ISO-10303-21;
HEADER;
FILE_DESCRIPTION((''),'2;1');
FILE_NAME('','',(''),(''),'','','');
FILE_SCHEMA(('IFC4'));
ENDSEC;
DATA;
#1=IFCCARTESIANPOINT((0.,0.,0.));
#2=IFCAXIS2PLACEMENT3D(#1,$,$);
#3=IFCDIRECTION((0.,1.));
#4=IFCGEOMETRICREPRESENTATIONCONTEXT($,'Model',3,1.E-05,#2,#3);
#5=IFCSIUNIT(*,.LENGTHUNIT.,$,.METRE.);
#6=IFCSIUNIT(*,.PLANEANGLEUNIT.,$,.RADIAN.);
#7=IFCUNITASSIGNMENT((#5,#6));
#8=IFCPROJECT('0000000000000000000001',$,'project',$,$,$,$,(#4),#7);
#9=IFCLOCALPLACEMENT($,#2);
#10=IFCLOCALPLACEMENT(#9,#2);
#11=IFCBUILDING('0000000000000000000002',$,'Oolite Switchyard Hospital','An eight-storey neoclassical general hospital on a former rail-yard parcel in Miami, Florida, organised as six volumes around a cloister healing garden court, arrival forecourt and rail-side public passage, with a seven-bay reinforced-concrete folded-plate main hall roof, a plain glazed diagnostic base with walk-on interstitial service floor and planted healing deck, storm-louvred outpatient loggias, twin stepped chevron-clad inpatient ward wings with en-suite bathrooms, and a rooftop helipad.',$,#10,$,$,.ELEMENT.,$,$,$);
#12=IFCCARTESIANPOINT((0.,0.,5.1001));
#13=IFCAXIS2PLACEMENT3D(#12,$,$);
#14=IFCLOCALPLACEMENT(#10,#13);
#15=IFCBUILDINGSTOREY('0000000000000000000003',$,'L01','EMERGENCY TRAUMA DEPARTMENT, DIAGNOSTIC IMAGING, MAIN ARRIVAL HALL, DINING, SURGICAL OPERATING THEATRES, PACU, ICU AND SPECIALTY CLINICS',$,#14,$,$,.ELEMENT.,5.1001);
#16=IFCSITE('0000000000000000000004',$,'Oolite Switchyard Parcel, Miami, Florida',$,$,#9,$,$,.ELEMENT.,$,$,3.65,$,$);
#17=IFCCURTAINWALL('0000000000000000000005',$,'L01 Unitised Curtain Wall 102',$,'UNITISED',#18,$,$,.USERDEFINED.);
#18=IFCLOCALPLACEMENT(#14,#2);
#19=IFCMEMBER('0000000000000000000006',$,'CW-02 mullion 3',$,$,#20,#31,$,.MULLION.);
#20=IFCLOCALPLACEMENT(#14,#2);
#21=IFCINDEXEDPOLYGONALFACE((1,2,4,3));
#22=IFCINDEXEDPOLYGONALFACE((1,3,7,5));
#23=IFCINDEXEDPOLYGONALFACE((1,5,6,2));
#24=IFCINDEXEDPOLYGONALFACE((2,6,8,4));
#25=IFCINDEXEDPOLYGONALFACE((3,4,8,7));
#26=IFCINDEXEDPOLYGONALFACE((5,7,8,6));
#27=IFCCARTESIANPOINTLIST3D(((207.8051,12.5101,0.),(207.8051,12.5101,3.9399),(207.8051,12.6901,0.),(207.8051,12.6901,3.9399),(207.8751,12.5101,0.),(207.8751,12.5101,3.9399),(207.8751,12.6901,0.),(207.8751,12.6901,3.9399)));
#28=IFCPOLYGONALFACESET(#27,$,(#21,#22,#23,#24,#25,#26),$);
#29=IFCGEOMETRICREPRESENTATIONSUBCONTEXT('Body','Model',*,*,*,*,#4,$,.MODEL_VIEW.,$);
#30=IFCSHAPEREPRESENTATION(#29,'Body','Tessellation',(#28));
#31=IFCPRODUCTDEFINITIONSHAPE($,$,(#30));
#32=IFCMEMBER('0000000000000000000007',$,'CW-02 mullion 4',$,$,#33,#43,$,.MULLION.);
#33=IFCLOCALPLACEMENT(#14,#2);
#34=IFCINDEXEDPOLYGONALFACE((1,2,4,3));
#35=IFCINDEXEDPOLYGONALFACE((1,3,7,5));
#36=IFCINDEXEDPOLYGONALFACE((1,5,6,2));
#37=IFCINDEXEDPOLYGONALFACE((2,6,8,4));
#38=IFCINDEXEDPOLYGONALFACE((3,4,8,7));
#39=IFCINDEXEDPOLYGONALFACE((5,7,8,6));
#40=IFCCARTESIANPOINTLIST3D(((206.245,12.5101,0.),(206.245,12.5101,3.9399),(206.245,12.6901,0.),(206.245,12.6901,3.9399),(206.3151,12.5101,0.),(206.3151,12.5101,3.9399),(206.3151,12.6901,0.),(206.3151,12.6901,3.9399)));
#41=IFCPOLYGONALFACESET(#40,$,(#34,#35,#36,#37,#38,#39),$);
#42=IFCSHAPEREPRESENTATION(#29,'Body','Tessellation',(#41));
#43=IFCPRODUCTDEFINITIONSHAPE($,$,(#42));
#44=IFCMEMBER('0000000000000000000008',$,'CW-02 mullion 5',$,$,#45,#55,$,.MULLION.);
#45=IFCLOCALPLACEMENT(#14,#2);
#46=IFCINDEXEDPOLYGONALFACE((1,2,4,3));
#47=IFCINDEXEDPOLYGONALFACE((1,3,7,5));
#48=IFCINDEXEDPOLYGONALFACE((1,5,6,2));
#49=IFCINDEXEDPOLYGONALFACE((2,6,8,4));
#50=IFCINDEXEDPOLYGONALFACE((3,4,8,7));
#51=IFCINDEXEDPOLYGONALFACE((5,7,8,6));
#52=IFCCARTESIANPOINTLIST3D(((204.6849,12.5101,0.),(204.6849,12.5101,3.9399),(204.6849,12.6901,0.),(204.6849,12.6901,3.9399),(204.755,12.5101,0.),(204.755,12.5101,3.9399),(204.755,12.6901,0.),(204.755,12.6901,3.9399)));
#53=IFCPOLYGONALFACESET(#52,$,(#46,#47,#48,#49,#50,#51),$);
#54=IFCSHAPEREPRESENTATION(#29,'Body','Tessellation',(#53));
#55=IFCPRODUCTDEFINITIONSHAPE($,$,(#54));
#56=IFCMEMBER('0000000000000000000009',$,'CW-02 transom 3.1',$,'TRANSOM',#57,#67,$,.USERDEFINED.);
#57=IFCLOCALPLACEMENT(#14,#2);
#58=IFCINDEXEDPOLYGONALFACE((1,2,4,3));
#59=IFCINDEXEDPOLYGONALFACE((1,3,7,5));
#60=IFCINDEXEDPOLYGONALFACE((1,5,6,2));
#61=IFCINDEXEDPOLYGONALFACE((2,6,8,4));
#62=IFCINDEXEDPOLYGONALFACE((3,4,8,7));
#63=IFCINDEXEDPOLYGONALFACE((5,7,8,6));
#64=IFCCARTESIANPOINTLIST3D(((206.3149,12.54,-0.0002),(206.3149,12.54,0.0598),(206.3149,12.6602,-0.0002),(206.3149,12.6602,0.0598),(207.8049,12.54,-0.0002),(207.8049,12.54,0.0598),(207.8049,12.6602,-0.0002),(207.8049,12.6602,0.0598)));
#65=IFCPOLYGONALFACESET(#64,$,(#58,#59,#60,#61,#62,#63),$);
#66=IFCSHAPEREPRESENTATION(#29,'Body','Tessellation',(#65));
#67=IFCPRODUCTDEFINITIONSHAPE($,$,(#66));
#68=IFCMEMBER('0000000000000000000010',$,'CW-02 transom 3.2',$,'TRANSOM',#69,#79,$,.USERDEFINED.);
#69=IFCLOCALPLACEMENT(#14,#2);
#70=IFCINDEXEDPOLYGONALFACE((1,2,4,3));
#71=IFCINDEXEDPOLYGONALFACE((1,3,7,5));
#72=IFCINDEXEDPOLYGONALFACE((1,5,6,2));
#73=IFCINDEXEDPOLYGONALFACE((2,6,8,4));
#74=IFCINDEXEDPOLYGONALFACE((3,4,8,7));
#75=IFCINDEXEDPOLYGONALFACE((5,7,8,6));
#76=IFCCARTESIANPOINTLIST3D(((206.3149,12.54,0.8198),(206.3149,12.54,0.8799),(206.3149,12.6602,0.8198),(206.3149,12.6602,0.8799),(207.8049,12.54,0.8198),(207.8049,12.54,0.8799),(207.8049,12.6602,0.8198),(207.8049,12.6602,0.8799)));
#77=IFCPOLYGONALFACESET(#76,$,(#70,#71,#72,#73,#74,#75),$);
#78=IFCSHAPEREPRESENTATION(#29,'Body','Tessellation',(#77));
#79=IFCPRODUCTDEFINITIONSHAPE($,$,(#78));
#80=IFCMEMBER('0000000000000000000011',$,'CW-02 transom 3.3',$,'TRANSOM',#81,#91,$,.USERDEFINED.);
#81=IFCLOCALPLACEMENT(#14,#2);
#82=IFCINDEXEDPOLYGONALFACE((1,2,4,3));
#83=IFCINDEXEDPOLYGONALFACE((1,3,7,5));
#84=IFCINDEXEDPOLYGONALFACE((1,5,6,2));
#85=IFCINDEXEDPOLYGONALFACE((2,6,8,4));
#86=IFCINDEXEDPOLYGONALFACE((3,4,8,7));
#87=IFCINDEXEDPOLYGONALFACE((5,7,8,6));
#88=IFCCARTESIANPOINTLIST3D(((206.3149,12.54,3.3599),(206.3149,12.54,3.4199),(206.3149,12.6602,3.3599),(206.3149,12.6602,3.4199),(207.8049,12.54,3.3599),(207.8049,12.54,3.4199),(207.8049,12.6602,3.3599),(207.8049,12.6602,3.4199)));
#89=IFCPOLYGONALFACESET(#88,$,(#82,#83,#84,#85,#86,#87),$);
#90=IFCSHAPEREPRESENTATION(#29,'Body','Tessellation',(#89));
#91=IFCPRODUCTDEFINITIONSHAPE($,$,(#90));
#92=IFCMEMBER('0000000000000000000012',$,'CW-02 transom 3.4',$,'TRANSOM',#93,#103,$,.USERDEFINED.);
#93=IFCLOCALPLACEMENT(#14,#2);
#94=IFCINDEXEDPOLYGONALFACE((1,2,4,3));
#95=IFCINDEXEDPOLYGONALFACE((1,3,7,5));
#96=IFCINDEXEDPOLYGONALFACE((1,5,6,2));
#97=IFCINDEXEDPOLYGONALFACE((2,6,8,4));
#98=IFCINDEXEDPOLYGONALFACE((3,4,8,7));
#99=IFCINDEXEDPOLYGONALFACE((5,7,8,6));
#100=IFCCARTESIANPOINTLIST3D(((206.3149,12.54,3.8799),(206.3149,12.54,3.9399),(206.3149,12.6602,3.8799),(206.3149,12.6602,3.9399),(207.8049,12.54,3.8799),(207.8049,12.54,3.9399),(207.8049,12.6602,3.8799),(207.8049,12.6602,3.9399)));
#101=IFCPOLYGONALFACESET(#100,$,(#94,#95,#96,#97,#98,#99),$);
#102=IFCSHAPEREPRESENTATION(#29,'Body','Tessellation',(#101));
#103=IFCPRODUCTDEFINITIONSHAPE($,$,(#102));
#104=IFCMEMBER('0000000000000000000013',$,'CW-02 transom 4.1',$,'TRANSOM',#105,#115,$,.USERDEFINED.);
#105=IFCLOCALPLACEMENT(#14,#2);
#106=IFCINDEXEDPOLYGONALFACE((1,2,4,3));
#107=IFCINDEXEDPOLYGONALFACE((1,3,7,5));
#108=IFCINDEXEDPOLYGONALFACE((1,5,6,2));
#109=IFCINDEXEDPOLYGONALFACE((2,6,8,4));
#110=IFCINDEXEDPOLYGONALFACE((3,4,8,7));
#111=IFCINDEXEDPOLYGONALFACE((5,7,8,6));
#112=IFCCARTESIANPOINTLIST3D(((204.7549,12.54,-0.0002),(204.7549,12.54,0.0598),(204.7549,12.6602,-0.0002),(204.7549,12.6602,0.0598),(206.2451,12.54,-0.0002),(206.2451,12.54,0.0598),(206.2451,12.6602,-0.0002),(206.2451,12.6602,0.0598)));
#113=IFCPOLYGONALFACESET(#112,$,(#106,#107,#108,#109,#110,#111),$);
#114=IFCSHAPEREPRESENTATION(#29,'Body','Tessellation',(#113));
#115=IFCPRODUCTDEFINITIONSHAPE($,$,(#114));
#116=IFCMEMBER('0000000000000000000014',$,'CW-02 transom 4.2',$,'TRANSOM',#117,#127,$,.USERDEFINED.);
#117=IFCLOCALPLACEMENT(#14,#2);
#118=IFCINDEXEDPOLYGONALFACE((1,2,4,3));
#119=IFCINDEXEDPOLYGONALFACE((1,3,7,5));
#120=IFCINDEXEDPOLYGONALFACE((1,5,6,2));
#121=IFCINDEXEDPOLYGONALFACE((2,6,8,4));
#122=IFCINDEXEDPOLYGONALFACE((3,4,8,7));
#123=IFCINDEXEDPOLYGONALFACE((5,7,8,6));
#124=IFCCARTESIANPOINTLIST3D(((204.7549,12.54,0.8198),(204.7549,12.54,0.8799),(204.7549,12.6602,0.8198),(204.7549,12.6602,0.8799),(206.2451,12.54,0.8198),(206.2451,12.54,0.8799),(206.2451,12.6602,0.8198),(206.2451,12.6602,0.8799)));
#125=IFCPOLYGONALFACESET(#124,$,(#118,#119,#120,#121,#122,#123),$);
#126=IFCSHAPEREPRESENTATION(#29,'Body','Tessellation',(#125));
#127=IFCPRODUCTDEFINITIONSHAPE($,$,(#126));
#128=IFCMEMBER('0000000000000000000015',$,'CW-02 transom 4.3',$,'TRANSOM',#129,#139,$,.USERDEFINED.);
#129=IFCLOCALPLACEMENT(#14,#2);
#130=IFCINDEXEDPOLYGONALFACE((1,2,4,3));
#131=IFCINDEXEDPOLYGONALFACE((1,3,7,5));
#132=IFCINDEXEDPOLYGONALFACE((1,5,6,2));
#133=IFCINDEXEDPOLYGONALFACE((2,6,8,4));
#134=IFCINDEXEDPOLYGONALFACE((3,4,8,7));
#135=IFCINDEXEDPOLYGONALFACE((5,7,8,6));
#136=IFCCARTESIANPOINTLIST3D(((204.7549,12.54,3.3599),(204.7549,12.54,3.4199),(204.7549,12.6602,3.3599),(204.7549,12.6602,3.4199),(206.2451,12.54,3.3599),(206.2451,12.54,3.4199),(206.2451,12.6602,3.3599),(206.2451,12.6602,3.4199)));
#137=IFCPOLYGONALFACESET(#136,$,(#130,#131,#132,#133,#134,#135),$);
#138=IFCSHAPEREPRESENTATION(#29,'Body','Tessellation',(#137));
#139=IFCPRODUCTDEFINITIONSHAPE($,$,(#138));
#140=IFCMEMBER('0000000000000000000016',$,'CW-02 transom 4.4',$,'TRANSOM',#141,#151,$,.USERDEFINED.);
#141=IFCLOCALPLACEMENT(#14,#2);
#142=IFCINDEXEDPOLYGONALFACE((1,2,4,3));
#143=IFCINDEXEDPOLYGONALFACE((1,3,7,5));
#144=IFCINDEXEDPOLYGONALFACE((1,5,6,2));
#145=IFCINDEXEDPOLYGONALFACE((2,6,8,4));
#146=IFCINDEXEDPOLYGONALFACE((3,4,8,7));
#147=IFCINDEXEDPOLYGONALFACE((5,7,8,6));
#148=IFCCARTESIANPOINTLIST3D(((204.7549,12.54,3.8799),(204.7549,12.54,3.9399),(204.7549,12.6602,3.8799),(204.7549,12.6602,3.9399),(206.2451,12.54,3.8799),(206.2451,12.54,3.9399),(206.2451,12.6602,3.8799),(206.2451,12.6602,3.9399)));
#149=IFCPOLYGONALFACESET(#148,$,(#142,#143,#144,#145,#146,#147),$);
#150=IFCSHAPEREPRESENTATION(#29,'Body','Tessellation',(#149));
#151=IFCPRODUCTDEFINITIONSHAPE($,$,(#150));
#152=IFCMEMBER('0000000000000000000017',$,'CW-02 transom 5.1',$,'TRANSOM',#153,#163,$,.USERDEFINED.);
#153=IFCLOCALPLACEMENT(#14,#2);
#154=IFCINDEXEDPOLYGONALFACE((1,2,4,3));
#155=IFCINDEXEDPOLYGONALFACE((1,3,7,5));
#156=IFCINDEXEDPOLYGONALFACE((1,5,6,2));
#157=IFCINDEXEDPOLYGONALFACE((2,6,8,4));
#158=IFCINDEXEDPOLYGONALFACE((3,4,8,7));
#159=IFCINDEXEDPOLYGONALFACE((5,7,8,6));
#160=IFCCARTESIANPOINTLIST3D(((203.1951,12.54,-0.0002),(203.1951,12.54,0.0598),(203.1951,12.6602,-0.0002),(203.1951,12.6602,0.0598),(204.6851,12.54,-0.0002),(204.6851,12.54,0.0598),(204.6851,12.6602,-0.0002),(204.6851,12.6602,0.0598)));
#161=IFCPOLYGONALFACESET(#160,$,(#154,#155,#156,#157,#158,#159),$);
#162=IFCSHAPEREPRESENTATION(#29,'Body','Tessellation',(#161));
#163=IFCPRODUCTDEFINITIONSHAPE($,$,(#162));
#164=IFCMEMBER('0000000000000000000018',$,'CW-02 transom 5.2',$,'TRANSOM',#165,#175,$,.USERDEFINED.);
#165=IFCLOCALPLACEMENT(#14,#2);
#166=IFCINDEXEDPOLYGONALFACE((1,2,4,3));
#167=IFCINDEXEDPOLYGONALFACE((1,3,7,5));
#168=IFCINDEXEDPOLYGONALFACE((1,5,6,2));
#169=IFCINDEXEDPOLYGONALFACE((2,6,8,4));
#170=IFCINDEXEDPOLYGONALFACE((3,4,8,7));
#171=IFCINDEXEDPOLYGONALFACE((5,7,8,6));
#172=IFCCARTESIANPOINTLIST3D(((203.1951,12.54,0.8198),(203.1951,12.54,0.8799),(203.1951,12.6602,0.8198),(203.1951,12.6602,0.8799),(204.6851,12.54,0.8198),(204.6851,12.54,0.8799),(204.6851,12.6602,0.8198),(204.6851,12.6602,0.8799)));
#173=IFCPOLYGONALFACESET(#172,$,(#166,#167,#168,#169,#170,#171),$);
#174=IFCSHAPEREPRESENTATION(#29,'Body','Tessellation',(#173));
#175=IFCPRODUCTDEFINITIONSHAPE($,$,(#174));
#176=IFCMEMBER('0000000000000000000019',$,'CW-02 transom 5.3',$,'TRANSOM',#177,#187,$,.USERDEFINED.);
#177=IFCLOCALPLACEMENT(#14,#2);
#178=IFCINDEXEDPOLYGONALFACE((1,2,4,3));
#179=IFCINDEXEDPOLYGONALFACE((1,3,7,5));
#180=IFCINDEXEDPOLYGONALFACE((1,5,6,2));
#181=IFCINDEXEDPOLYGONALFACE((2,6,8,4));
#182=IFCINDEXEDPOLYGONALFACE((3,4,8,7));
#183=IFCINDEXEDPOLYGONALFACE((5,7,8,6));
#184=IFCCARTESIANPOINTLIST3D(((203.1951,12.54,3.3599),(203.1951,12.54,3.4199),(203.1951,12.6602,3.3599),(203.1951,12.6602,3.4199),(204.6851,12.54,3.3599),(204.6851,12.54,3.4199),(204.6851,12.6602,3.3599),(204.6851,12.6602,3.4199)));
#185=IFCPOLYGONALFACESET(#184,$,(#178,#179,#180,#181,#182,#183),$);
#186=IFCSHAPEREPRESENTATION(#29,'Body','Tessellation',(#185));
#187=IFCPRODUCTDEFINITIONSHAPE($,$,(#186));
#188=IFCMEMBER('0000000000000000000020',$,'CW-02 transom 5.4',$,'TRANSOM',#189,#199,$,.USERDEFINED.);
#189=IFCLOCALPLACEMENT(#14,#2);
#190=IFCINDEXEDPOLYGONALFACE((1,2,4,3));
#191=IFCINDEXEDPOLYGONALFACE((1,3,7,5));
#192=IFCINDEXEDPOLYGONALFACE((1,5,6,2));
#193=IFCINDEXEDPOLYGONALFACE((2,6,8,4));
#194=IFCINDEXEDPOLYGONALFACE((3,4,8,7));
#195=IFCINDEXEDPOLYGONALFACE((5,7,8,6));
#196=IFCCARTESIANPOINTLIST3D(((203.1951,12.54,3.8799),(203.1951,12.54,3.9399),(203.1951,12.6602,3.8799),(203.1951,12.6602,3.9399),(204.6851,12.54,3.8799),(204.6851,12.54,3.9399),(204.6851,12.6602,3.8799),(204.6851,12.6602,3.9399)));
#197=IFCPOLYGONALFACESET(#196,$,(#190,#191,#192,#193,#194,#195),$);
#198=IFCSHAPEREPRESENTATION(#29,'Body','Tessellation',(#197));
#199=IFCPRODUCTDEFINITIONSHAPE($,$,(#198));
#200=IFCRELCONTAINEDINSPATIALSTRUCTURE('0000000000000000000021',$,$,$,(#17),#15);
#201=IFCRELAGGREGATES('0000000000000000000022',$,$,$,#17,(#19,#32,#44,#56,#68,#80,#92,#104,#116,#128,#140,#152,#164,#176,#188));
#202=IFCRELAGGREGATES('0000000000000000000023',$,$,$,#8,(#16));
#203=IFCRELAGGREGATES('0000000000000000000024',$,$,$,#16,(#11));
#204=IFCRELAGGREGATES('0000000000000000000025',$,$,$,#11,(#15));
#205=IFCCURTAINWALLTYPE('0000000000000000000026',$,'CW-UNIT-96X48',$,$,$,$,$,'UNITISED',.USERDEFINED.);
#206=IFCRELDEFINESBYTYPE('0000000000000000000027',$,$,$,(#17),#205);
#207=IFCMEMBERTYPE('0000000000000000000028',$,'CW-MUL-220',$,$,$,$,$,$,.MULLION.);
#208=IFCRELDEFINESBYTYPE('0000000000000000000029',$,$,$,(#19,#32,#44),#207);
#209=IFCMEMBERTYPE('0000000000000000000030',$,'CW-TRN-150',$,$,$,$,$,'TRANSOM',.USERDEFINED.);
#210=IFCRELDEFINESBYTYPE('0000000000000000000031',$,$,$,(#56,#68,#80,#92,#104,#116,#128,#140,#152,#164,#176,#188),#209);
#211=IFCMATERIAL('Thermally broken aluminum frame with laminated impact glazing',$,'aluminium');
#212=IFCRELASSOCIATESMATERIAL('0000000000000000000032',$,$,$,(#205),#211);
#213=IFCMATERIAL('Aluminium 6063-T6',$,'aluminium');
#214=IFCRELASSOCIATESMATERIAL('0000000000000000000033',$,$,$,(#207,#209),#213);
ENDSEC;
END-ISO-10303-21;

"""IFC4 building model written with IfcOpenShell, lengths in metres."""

from ifc_helpers import new_model, si_unit, direction, frame, origin, origin_2d, place, context, subcontext, project, spatial, rectangle, extrude, material, material_profile, profile_set, type_object, element, aggregate, save


model = new_model("IFC4")

# Units and contexts
model_context = context("Model", 3, precision=1e-05, world=origin(), true_north=direction((0.0, 1.0)))
body_context = subcontext(model_context, "Body", "Model", "MODEL_VIEW")
ifc_project = project(units=[si_unit("LENGTHUNIT", "METRE"), si_unit("PLANEANGLEUNIT", "RADIAN")], contexts=[model_context])

# Site, building, storey
site_placement = place(None, origin())
site = spatial("IfcSite", under=ifc_project, at=site_placement, Name="Oolite Switchyard Parcel, Miami, Florida", CompositionType="ELEMENT", RefElevation=3.65)
building_placement = place(site_placement, origin())
building = spatial("IfcBuilding", under=site, at=building_placement, Name="Oolite Switchyard Hospital", Description="An eight-storey neoclassical general hospital on a former rail-yard parcel in Miami, Florida, organised as six volumes around a cloister healing garden court, arrival forecourt and rail-side public passage, with a seven-bay reinforced-concrete folded-plate main hall roof, a plain glazed diagnostic base with walk-on interstitial service floor and planted healing deck, storm-louvred outpatient loggias, twin stepped chevron-clad inpatient ward wings with en-suite bathrooms, and a rooftop helipad.", CompositionType="ELEMENT")
storey_placement = place(building_placement, frame((0.0, 0.0, 5.1001)))
storey = spatial("IfcBuildingStorey", under=building, at=storey_placement, Name="L01", Description="EMERGENCY TRAUMA DEPARTMENT, DIAGNOSTIC IMAGING, MAIN ARRIVAL HALL, DINING, SURGICAL OPERATING THEATRES, PACU, ICU AND SPECIALTY CLINICS", CompositionType="ELEMENT", Elevation=5.1001)

# Curtain wall, members
ifc_material_1 = material(Name="Thermally broken aluminum frame with laminated impact glazing", Category="aluminium")
curtain_wall_type = type_object("IfcCurtainWallType", Name="CW-UNIT-96X48", ElementType="UNITISED", PredefinedType="USERDEFINED", material=ifc_material_1)
curtain_wall_placement = place(storey_placement, origin())
curtain_wall = element("IfcCurtainWall", 1, at=curtain_wall_placement, inside=storey, type_object=curtain_wall_type, Name="L01 Unitised Curtain Wall 102", ObjectType="UNITISED", PredefinedType="USERDEFINED")
ifc_material_2 = material(Name="Aluminium 6063-T6", Category="aluminium")
ifc_material_profile_1 = material_profile(ifc_material_2, rectangle(XDim=0.1799, YDim=0.0701, at=origin_2d()), Name="CWM70X180")
ifc_profile_set_1 = profile_set([ifc_material_profile_1], Name="Aluminium 6063-T6")
member_type_1 = type_object("IfcMemberType", Name="CW-MUL-220", PredefinedType="MULLION", material=ifc_profile_set_1)
member_1_placement = place(storey_placement, frame((207.8401, 12.6001, 0.0), z_axis=(0.0, 0.0, 1.0), x_axis=(0.0, -1.0, 0.0)))
member_1 = element("IfcMember", 2, at=member_1_placement, type_object=member_type_1, Name="CW-02 mullion 3", PredefinedType="MULLION", context=body_context, shape_type="SweptSolid", body=[
    extrude(rectangle(XDim=0.1799, YDim=0.0701, at=origin_2d()), origin(), (0.0, 0.0, 1.0), 3.9399),
])
member_2_placement = place(storey_placement, frame((206.28, 12.6001, 0.0), z_axis=(0.0, 0.0, 1.0), x_axis=(0.0, -1.0, 0.0)))
member_2 = element("IfcMember", 3, at=member_2_placement, type_object=member_type_1, Name="CW-02 mullion 4", PredefinedType="MULLION", context=body_context, shape_type="SweptSolid", body=[
    extrude(rectangle(XDim=0.1799, YDim=0.0701, at=origin_2d()), origin(), (0.0, 0.0, 1.0), 3.9399),
])
member_3_placement = place(storey_placement, frame((204.72, 12.6001, 0.0), z_axis=(0.0, 0.0, 1.0), x_axis=(0.0, -1.0, 0.0)))
member_3 = element("IfcMember", 4, at=member_3_placement, type_object=member_type_1, Name="CW-02 mullion 5", PredefinedType="MULLION", context=body_context, shape_type="SweptSolid", body=[
    extrude(rectangle(XDim=0.1799, YDim=0.0701, at=origin_2d()), origin(), (0.0, 0.0, 1.0), 3.9399),
])
ifc_material_profile_2 = material_profile(ifc_material_2, rectangle(XDim=0.1201, YDim=0.0601, at=origin_2d()), Name="CWT60X120")
ifc_profile_set_2 = profile_set([ifc_material_profile_2], Name="Aluminium 6063-T6")
member_type_2 = type_object("IfcMemberType", Name="CW-TRN-150", ElementType="TRANSOM", PredefinedType="USERDEFINED", material=ifc_profile_set_2)
member_4_placement = place(storey_placement, frame((207.8049, 12.6001, 0.0298), z_axis=(-1.0, 0.0, 0.0), x_axis=(0.0, -1.0, 0.0)))
member_4 = element("IfcMember", 5, at=member_4_placement, type_object=member_type_2, Name="CW-02 transom 3.1", ObjectType="TRANSOM", PredefinedType="USERDEFINED", context=body_context, shape_type="SweptSolid", body=[
    extrude(rectangle(XDim=0.1201, YDim=0.0601, at=origin_2d()), origin(), (0.0, 0.0, 1.0), 1.49),
])
member_5_placement = place(storey_placement, frame((207.8049, 12.6001, 0.8499), z_axis=(-1.0, 0.0, 0.0), x_axis=(0.0, -1.0, 0.0)))
member_5 = element("IfcMember", 6, at=member_5_placement, type_object=member_type_2, Name="CW-02 transom 3.2", ObjectType="TRANSOM", PredefinedType="USERDEFINED", context=body_context, shape_type="SweptSolid", body=[
    extrude(rectangle(XDim=0.1201, YDim=0.0601, at=origin_2d()), origin(), (0.0, 0.0, 1.0), 1.49),
])
member_6_placement = place(storey_placement, frame((207.8049, 12.6001, 3.3899), z_axis=(-1.0, 0.0, 0.0), x_axis=(0.0, -1.0, 0.0)))
member_6 = element("IfcMember", 7, at=member_6_placement, type_object=member_type_2, Name="CW-02 transom 3.3", ObjectType="TRANSOM", PredefinedType="USERDEFINED", context=body_context, shape_type="SweptSolid", body=[
    extrude(rectangle(XDim=0.1201, YDim=0.0601, at=origin_2d()), origin(), (0.0, 0.0, 1.0), 1.49),
])
member_7_placement = place(storey_placement, frame((207.8049, 12.6001, 3.9099), z_axis=(-1.0, 0.0, 0.0), x_axis=(0.0, -1.0, 0.0)))
member_7 = element("IfcMember", 8, at=member_7_placement, type_object=member_type_2, Name="CW-02 transom 3.4", ObjectType="TRANSOM", PredefinedType="USERDEFINED", context=body_context, shape_type="SweptSolid", body=[
    extrude(rectangle(XDim=0.1201, YDim=0.0601, at=origin_2d()), origin(), (0.0, 0.0, 1.0), 1.49),
])
member_8_placement = place(storey_placement, frame((206.2451, 12.6001, 0.0298), z_axis=(-1.0, 0.0, 0.0), x_axis=(0.0, -1.0, 0.0)))
member_8 = element("IfcMember", 9, at=member_8_placement, type_object=member_type_2, Name="CW-02 transom 4.1", ObjectType="TRANSOM", PredefinedType="USERDEFINED", context=body_context, shape_type="SweptSolid", body=[
    extrude(rectangle(XDim=0.1201, YDim=0.0601, at=origin_2d()), origin(), (0.0, 0.0, 1.0), 1.4902),
])
member_9_placement = place(storey_placement, frame((206.2451, 12.6001, 0.8499), z_axis=(-1.0, 0.0, 0.0), x_axis=(0.0, -1.0, 0.0)))
member_9 = element("IfcMember", 10, at=member_9_placement, type_object=member_type_2, Name="CW-02 transom 4.2", ObjectType="TRANSOM", PredefinedType="USERDEFINED", context=body_context, shape_type="SweptSolid", body=[
    extrude(rectangle(XDim=0.1201, YDim=0.0601, at=origin_2d()), origin(), (0.0, 0.0, 1.0), 1.4902),
])
member_10_placement = place(storey_placement, frame((206.2451, 12.6001, 3.3899), z_axis=(-1.0, 0.0, 0.0), x_axis=(0.0, -1.0, 0.0)))
member_10 = element("IfcMember", 11, at=member_10_placement, type_object=member_type_2, Name="CW-02 transom 4.3", ObjectType="TRANSOM", PredefinedType="USERDEFINED", context=body_context, shape_type="SweptSolid", body=[
    extrude(rectangle(XDim=0.1201, YDim=0.0601, at=origin_2d()), origin(), (0.0, 0.0, 1.0), 1.4902),
])
member_11_placement = place(storey_placement, frame((206.2451, 12.6001, 3.9099), z_axis=(-1.0, 0.0, 0.0), x_axis=(0.0, -1.0, 0.0)))
member_11 = element("IfcMember", 12, at=member_11_placement, type_object=member_type_2, Name="CW-02 transom 4.4", ObjectType="TRANSOM", PredefinedType="USERDEFINED", context=body_context, shape_type="SweptSolid", body=[
    extrude(rectangle(XDim=0.1201, YDim=0.0601, at=origin_2d()), origin(), (0.0, 0.0, 1.0), 1.4902),
])
member_12_placement = place(storey_placement, frame((204.6851, 12.6001, 0.0298), z_axis=(-1.0, 0.0, 0.0), x_axis=(0.0, -1.0, 0.0)))
member_12 = element("IfcMember", 13, at=member_12_placement, type_object=member_type_2, Name="CW-02 transom 5.1", ObjectType="TRANSOM", PredefinedType="USERDEFINED", context=body_context, shape_type="SweptSolid", body=[
    extrude(rectangle(XDim=0.1201, YDim=0.0601, at=origin_2d()), origin(), (0.0, 0.0, 1.0), 1.49),
])
member_13_placement = place(storey_placement, frame((204.6851, 12.6001, 0.8499), z_axis=(-1.0, 0.0, 0.0), x_axis=(0.0, -1.0, 0.0)))
member_13 = element("IfcMember", 14, at=member_13_placement, type_object=member_type_2, Name="CW-02 transom 5.2", ObjectType="TRANSOM", PredefinedType="USERDEFINED", context=body_context, shape_type="SweptSolid", body=[
    extrude(rectangle(XDim=0.1201, YDim=0.0601, at=origin_2d()), origin(), (0.0, 0.0, 1.0), 1.49),
])
member_14_placement = place(storey_placement, frame((204.6851, 12.6001, 3.3899), z_axis=(-1.0, 0.0, 0.0), x_axis=(0.0, -1.0, 0.0)))
member_14 = element("IfcMember", 15, at=member_14_placement, type_object=member_type_2, Name="CW-02 transom 5.3", ObjectType="TRANSOM", PredefinedType="USERDEFINED", context=body_context, shape_type="SweptSolid", body=[
    extrude(rectangle(XDim=0.1201, YDim=0.0601, at=origin_2d()), origin(), (0.0, 0.0, 1.0), 1.49),
])
member_15_placement = place(storey_placement, frame((204.6851, 12.6001, 3.9099), z_axis=(-1.0, 0.0, 0.0), x_axis=(0.0, -1.0, 0.0)))
member_15 = element("IfcMember", 16, at=member_15_placement, type_object=member_type_2, Name="CW-02 transom 5.4", ObjectType="TRANSOM", PredefinedType="USERDEFINED", context=body_context, shape_type="SweptSolid", body=[
    extrude(rectangle(XDim=0.1201, YDim=0.0601, at=origin_2d()), origin(), (0.0, 0.0, 1.0), 1.49),
])
aggregate(curtain_wall, [member_1, member_2, member_3, member_4, member_5, member_6, member_7, member_8, member_9, member_10, member_11, member_12, member_13, member_14, member_15])

save(model, "model.ifc")
